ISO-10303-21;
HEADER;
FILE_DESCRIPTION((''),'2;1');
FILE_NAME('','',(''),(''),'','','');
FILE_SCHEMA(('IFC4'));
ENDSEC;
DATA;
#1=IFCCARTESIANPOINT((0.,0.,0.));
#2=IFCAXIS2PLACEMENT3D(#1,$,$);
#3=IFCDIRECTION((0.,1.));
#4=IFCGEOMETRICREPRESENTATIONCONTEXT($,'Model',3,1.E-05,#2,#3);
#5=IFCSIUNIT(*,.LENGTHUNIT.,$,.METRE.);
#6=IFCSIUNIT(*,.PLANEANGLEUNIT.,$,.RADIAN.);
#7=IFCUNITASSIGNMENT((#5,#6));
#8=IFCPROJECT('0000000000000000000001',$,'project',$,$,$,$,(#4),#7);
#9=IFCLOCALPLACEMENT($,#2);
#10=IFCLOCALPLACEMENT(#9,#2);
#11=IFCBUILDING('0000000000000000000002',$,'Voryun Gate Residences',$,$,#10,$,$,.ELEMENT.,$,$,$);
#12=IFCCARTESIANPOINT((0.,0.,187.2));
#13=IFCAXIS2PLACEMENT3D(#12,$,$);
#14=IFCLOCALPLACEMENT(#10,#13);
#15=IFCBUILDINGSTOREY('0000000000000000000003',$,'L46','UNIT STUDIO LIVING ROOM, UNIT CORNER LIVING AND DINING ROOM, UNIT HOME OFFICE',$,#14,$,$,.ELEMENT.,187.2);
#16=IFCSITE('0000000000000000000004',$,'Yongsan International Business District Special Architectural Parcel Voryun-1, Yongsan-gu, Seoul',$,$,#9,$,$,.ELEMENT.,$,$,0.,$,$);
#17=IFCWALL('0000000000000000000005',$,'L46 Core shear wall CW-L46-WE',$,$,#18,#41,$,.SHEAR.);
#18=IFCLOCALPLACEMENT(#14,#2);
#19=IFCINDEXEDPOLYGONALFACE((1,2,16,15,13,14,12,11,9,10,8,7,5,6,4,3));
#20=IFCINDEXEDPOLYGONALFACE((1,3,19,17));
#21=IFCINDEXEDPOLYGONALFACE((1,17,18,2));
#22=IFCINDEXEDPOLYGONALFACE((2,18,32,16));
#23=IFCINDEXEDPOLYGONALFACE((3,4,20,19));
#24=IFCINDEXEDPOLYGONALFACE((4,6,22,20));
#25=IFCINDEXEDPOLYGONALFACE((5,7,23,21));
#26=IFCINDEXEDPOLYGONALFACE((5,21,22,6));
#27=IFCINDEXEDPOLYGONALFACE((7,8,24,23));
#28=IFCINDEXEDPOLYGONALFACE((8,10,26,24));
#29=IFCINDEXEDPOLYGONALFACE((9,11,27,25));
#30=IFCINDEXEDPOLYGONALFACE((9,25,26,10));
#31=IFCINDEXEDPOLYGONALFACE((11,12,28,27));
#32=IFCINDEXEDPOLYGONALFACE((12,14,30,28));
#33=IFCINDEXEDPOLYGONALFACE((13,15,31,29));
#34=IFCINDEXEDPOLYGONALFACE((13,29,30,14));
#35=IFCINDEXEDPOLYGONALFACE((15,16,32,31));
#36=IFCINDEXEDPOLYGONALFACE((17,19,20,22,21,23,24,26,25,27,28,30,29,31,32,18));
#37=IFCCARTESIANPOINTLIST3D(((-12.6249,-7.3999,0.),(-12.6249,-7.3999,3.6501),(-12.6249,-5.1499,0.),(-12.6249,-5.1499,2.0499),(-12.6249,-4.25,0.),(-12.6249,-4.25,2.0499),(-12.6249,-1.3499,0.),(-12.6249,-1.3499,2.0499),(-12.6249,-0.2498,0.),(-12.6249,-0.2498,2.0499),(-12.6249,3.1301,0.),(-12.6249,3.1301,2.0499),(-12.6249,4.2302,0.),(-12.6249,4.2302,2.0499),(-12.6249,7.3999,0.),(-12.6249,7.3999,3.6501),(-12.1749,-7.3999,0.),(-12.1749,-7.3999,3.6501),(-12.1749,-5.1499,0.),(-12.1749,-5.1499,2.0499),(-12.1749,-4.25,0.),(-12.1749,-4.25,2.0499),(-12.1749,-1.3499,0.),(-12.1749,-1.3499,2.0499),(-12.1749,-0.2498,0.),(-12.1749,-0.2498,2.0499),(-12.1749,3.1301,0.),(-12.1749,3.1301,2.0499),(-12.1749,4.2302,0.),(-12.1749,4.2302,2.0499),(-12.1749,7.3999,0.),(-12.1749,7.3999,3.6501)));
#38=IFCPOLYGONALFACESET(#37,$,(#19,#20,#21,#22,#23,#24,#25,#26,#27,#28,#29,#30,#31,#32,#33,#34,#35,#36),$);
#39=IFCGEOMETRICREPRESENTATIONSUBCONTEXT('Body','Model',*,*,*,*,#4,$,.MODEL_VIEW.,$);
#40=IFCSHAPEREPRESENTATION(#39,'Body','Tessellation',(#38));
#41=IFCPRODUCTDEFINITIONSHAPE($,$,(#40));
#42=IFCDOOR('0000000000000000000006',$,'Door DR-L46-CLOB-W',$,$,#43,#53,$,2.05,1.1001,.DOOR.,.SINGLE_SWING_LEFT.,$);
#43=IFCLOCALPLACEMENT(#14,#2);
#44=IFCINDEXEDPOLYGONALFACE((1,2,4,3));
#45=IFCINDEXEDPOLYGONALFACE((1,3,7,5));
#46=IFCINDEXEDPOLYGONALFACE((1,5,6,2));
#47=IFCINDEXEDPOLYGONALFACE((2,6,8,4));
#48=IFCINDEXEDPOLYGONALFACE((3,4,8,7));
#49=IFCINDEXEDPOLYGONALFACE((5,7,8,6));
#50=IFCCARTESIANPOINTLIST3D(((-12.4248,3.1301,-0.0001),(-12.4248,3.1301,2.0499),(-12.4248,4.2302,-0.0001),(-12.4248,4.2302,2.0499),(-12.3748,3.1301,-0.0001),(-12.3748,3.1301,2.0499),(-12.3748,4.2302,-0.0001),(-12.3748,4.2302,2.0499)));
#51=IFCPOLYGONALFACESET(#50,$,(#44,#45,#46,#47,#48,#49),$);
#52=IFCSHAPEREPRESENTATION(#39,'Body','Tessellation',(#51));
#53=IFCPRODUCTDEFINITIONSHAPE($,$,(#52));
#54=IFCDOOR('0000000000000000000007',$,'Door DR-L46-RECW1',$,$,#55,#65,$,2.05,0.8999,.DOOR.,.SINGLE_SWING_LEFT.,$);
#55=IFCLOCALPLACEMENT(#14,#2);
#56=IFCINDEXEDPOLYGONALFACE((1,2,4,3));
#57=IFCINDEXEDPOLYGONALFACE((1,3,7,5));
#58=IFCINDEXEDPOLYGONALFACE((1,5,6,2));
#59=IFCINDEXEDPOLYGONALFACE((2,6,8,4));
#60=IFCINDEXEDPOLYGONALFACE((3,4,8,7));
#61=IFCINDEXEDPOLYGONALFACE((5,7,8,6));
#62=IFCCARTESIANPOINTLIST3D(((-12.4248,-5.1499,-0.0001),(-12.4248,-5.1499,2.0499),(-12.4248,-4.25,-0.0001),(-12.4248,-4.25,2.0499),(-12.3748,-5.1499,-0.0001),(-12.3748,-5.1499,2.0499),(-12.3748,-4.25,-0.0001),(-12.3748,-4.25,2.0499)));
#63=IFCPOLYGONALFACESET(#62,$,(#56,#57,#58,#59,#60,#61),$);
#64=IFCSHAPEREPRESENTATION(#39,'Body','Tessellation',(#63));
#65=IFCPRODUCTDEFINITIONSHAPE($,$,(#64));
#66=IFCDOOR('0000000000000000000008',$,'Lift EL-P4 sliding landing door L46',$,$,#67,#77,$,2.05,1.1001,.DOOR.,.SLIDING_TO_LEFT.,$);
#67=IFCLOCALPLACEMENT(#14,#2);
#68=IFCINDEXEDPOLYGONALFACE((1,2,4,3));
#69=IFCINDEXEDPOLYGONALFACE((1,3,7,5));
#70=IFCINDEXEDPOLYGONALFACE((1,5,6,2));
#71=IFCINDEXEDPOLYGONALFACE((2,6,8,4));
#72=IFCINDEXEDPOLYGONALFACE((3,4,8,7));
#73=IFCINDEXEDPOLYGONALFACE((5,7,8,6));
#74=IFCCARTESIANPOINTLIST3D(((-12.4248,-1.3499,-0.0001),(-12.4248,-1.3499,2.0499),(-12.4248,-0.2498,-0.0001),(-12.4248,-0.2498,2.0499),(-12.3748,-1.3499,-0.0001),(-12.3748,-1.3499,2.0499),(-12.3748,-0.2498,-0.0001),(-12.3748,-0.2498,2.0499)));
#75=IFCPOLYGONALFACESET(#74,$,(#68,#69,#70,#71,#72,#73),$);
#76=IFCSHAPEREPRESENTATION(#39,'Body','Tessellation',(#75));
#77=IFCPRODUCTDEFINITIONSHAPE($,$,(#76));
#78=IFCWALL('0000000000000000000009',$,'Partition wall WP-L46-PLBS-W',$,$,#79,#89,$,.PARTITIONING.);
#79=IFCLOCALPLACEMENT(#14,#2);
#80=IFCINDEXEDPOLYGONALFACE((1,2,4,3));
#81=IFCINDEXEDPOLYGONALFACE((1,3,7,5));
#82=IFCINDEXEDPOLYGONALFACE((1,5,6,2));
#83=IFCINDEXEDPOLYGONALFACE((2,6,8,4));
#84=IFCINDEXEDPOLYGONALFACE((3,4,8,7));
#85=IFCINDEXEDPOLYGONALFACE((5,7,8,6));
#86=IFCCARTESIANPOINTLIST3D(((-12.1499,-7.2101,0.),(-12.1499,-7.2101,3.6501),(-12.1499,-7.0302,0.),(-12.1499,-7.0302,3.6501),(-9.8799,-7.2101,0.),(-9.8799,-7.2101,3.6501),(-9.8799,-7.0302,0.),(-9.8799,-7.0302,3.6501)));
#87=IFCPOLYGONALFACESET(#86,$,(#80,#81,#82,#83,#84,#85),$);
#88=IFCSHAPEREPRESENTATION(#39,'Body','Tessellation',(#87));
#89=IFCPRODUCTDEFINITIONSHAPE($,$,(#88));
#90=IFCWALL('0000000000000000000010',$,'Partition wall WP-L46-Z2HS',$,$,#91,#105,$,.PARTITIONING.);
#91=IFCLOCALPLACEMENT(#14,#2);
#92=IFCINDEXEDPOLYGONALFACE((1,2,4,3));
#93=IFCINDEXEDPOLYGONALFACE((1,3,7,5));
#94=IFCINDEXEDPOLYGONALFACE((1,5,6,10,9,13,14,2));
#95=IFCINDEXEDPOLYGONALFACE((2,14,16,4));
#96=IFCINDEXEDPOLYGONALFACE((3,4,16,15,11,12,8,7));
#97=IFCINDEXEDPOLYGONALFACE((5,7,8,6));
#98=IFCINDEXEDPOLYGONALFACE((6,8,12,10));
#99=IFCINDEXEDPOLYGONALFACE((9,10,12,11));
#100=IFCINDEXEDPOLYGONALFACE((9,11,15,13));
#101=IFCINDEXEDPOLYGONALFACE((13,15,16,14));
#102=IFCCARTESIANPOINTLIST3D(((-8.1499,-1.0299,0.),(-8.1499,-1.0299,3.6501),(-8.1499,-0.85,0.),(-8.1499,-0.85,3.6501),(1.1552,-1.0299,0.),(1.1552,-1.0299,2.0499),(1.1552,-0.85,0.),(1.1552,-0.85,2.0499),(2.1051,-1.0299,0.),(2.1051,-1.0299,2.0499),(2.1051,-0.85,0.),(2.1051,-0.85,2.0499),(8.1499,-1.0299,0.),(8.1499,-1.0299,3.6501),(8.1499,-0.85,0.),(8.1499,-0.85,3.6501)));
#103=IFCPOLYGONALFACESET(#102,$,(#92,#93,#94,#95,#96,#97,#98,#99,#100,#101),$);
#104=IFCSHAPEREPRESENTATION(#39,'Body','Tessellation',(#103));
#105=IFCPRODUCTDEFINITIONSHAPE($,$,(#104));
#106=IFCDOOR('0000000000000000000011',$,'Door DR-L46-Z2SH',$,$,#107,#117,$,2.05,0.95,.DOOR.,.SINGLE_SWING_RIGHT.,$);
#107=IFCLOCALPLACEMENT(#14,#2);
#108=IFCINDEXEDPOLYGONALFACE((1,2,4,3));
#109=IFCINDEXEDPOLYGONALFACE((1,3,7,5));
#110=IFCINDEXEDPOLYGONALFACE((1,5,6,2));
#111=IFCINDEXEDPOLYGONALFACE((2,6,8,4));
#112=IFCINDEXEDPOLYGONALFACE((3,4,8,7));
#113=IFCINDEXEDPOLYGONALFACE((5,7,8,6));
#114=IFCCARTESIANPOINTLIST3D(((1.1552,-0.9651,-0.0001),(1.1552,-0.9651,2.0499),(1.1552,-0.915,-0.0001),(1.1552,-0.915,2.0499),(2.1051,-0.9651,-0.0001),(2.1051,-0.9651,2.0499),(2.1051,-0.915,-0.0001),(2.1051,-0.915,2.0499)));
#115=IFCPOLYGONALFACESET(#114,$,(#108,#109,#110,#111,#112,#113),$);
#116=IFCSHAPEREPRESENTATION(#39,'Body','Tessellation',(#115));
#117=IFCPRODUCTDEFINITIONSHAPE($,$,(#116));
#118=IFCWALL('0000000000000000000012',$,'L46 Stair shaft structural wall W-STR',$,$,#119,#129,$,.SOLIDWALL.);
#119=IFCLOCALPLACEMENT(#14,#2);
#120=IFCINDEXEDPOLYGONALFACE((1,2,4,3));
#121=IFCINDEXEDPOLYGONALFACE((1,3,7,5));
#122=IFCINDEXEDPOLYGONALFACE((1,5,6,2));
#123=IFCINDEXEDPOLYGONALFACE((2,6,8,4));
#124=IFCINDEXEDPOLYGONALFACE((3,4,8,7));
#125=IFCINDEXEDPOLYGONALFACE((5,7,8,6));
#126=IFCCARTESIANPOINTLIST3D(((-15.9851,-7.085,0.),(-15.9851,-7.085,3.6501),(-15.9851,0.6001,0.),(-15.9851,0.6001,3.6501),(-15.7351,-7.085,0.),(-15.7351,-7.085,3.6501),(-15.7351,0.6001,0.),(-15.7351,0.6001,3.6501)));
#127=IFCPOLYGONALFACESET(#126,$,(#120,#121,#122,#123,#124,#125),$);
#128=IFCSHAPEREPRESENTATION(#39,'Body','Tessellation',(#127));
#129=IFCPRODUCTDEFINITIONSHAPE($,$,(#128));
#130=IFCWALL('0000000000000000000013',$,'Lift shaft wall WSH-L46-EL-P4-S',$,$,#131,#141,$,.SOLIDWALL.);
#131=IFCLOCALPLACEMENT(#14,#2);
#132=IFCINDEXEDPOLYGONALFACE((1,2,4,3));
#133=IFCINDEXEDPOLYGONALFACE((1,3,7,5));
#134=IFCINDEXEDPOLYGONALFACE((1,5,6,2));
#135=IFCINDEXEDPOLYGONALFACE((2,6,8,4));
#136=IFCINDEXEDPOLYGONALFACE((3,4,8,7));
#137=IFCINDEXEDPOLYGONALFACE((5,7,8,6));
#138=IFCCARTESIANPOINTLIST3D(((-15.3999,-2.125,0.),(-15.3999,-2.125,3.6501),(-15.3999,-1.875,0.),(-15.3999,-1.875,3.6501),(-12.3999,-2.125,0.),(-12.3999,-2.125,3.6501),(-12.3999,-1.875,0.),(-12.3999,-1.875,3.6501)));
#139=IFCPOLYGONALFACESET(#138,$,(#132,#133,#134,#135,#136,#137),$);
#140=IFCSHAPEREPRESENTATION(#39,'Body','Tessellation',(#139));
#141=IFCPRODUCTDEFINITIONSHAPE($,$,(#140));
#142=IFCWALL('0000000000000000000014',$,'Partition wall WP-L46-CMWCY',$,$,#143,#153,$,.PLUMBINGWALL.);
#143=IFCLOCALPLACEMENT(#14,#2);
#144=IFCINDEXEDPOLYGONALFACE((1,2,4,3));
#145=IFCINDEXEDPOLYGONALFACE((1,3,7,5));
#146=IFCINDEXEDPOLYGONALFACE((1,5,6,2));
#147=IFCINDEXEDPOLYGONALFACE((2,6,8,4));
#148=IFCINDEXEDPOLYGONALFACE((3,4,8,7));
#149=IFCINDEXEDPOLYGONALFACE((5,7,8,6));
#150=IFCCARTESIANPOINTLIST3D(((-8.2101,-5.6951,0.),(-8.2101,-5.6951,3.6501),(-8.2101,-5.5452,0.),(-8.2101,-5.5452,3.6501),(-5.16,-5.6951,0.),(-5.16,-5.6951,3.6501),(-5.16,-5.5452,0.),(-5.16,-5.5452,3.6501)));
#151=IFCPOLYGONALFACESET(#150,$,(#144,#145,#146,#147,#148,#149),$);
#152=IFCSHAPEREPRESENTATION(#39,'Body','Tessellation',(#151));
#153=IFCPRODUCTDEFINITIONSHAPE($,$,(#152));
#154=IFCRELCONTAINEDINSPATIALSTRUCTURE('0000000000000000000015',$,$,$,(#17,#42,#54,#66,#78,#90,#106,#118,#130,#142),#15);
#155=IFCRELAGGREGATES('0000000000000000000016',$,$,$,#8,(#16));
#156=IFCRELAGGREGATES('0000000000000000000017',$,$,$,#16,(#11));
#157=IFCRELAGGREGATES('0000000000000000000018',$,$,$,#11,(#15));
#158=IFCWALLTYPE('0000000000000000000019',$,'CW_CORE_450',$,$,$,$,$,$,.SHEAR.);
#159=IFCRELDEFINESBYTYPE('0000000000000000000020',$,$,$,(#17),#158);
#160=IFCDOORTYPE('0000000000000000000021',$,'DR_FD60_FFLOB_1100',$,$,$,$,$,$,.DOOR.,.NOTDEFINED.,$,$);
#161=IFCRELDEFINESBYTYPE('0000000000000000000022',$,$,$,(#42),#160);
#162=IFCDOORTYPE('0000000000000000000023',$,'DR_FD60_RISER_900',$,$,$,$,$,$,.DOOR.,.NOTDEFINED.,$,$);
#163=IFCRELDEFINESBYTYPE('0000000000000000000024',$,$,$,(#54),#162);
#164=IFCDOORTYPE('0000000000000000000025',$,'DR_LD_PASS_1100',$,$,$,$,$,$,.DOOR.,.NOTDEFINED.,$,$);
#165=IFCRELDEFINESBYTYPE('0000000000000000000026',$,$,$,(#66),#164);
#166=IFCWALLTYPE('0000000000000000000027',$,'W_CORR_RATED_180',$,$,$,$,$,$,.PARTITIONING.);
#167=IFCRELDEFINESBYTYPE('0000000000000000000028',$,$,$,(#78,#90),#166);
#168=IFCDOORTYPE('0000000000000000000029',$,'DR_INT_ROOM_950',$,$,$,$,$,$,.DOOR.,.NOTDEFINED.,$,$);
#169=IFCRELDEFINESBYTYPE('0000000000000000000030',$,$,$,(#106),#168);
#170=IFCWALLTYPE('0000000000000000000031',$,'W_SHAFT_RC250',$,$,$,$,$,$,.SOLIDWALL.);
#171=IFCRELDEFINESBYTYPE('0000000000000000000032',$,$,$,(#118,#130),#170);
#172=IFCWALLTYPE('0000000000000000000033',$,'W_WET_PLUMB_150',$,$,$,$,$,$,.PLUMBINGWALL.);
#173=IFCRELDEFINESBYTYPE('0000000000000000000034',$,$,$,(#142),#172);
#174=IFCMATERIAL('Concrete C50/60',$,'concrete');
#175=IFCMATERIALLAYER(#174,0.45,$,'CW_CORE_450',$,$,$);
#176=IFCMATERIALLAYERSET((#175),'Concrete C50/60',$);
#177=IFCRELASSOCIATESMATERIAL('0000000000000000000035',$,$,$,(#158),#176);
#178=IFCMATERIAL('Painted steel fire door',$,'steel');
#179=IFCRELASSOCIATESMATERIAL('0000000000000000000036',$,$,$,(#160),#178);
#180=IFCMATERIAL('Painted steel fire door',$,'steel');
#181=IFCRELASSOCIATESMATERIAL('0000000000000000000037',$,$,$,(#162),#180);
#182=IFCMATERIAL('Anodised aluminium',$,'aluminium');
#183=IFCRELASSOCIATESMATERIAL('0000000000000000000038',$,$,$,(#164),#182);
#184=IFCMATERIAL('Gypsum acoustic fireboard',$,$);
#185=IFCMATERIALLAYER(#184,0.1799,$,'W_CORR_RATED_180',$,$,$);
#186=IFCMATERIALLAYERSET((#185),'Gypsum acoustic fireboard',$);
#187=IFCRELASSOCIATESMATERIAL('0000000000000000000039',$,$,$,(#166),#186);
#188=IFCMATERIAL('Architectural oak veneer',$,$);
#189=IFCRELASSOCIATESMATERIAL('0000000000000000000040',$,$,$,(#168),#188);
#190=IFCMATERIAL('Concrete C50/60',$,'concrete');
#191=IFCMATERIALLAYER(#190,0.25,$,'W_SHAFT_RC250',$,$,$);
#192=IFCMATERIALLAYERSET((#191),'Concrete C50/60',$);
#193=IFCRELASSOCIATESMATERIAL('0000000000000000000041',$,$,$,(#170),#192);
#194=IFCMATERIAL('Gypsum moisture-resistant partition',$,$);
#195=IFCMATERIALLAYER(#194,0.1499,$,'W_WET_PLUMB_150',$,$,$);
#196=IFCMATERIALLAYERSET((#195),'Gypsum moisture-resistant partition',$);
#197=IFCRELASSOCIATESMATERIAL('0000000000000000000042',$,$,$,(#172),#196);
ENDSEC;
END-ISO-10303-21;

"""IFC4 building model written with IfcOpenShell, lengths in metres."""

from ifc_helpers import new_model, si_unit, direction, frame, frame_2d, origin, place, context, subcontext, project, spatial, rectangle, extrude, material, layer, layer_set, type_object, element, fill, save


model = new_model("IFC4")

# Units and contexts
model_context = context("Model", 3, precision=1e-05, world=origin(), true_north=direction((0.0, 1.0)))
body_context = subcontext(model_context, "Body", "Model", "MODEL_VIEW")
ifc_project = project(units=[si_unit("LENGTHUNIT", "METRE"), si_unit("PLANEANGLEUNIT", "RADIAN")], contexts=[model_context])

# Site, building, storey
site_placement = place(None, origin())
site = spatial("IfcSite", under=ifc_project, at=site_placement, Name="Yongsan International Business District Special Architectural Parcel Voryun-1, Yongsan-gu, Seoul", CompositionType="ELEMENT", RefElevation=0.0)
building_placement = place(site_placement, origin())
building = spatial("IfcBuilding", under=site, at=building_placement, Name="Voryun Gate Residences", CompositionType="ELEMENT")
storey_placement = place(building_placement, frame((0.0, 0.0, 187.2)))
storey = spatial("IfcBuildingStorey", under=building, at=storey_placement, Name="L46", Description="UNIT STUDIO LIVING ROOM, UNIT CORNER LIVING AND DINING ROOM, UNIT HOME OFFICE", CompositionType="ELEMENT", Elevation=187.2)

# Wall, openings, doors
ifc_material_1 = material(Name="Concrete C50/60", Category="concrete")
ifc_layer_1 = layer(ifc_material_1, 0.45, Name="CW_CORE_450")
ifc_layer_set_1 = layer_set([ifc_layer_1], Name="Concrete C50/60")
wall_type_1 = type_object("IfcWallType", Name="CW_CORE_450", PredefinedType="SHEAR", material=ifc_layer_set_1)
wall_1_placement = place(storey_placement, frame((-12.3999, -7.3999, 0.0), z_axis=(0.0, 0.0, 1.0), x_axis=(0.0, 1.0, 0.0)))
wall_1 = element("IfcWall", 1, at=wall_1_placement, inside=storey, type_object=wall_type_1, Name="L46 Core shear wall CW-L46-WE", PredefinedType="SHEAR", context=body_context, shape_type="SweptSolid", body=[
    extrude(rectangle(XDim=14.7998, YDim=0.45, at=frame_2d((7.3999, 0.0))), origin(), (0.0, 0.0, 1.0), 3.6501),
])
opening_1_placement = place(wall_1_placement, frame((6.05, 0.0, 0.0)))
opening_1 = element("IfcOpeningElement", 2, at=opening_1_placement, cuts=wall_1, PredefinedType="OPENING", context=body_context, shape_type="SweptSolid", body=[
    extrude(rectangle(XDim=1.1001, YDim=2.05, at=frame_2d((0.55, 1.0249))), frame((0.0, 0.2351, 0.0), z_axis=(0.0, -1.0, 0.0), x_axis=(1.0, 0.0, 0.0)), (0.0, 0.0, 1.0), 0.47),
])
opening_2_placement = place(wall_1_placement, frame((10.53, 0.0, 0.0)))
opening_2 = element("IfcOpeningElement", 3, at=opening_2_placement, cuts=wall_1, PredefinedType="OPENING", context=body_context, shape_type="SweptSolid", body=[
    extrude(rectangle(XDim=1.1001, YDim=2.05, at=frame_2d((0.55, 1.0249))), frame((0.0, 0.2351, 0.0), z_axis=(0.0, -1.0, 0.0), x_axis=(1.0, 0.0, 0.0)), (0.0, 0.0, 1.0), 0.47),
])
opening_3_placement = place(wall_1_placement, frame((2.25, 0.0, 0.0)))
opening_3 = element("IfcOpeningElement", 4, at=opening_3_placement, cuts=wall_1, PredefinedType="OPENING", context=body_context, shape_type="SweptSolid", body=[
    extrude(rectangle(XDim=0.8999, YDim=2.05, at=frame_2d((0.45, 1.0249))), frame((0.0, 0.2351, 0.0), z_axis=(0.0, -1.0, 0.0), x_axis=(1.0, 0.0, 0.0)), (0.0, 0.0, 1.0), 0.47),
])
ifc_material_2 = material(Name="Painted steel fire door", Category="steel")
door_type_1 = type_object("IfcDoorType", Name="DR_FD60_FFLOB_1100", OperationType="NOTDEFINED", PredefinedType="DOOR", material=ifc_material_2)
door_1_placement = place(opening_2_placement, origin())
door_1 = element("IfcDoor", 5, at=door_1_placement, inside=storey, type_object=door_type_1, Name="Door DR-L46-CLOB-W", OperationType="SINGLE_SWING_LEFT", OverallHeight=2.05, OverallWidth=1.1001, PredefinedType="DOOR", context=body_context, shape_type="SweptSolid", body=[
    extrude(rectangle(XDim=1.1001, YDim=2.05, at=frame_2d((0.55, 1.0249))), frame((0.0, 0.0249, 0.0), z_axis=(0.0, -1.0, 0.0), x_axis=(1.0, 0.0, 0.0)), (0.0, 0.0, 1.0), 0.05),
])
fill(opening_2, door_1)
ifc_material_3 = material(Name="Painted steel fire door", Category="steel")
door_type_2 = type_object("IfcDoorType", Name="DR_FD60_RISER_900", OperationType="NOTDEFINED", PredefinedType="DOOR", material=ifc_material_3)
door_2_placement = place(opening_3_placement, origin())
door_2 = element("IfcDoor", 6, at=door_2_placement, inside=storey, type_object=door_type_2, Name="Door DR-L46-RECW1", OperationType="SINGLE_SWING_LEFT", OverallHeight=2.05, OverallWidth=0.8999, PredefinedType="DOOR", context=body_context, shape_type="SweptSolid", body=[
    extrude(rectangle(XDim=0.8999, YDim=2.05, at=frame_2d((0.45, 1.0249))), frame((0.0, 0.0249, 0.0), z_axis=(0.0, -1.0, 0.0), x_axis=(1.0, 0.0, 0.0)), (0.0, 0.0, 1.0), 0.05),
])
fill(opening_3, door_2)
ifc_material_4 = material(Name="Anodised aluminium", Category="aluminium")
door_type_3 = type_object("IfcDoorType", Name="DR_LD_PASS_1100", OperationType="NOTDEFINED", PredefinedType="DOOR", material=ifc_material_4)
door_3_placement = place(opening_1_placement, origin())
door_3 = element("IfcDoor", 7, at=door_3_placement, inside=storey, type_object=door_type_3, Name="Lift EL-P4 sliding landing door L46", OperationType="SLIDING_TO_LEFT", OverallHeight=2.05, OverallWidth=1.1001, PredefinedType="DOOR", context=body_context, shape_type="SweptSolid", body=[
    extrude(rectangle(XDim=1.1001, YDim=2.05, at=frame_2d((0.55, 1.0249))), frame((0.0, 0.0249, 0.0), z_axis=(0.0, -1.0, 0.0), x_axis=(1.0, 0.0, 0.0)), (0.0, 0.0, 1.0), 0.05),
])
fill(opening_1, door_3)

# Wall
ifc_material_5 = material(Name="Gypsum acoustic fireboard")
ifc_layer_2 = layer(ifc_material_5, 0.1799, Name="W_CORR_RATED_180")
ifc_layer_set_2 = layer_set([ifc_layer_2], Name="Gypsum acoustic fireboard")
wall_type_2 = type_object("IfcWallType", Name="W_CORR_RATED_180", PredefinedType="PARTITIONING", material=ifc_layer_set_2)
wall_2_placement = place(storey_placement, frame((-12.1499, -7.1201, 0.0), z_axis=(0.0, 0.0, 1.0), x_axis=(1.0, 0.0, 0.0)))
element("IfcWall", 8, at=wall_2_placement, inside=storey, type_object=wall_type_2, Name="Partition wall WP-L46-PLBS-W", PredefinedType="PARTITIONING", context=body_context, shape_type="SweptSolid", body=[
    extrude(rectangle(XDim=2.27, YDim=0.1799, at=frame_2d((1.135, 0.0))), origin(), (0.0, 0.0, 1.0), 3.6501),
])

# Wall, opening, door
wall_3_placement = place(storey_placement, frame((-8.1499, -0.9399, 0.0), z_axis=(0.0, 0.0, 1.0), x_axis=(1.0, 0.0, 0.0)))
wall_3 = element("IfcWall", 9, at=wall_3_placement, inside=storey, type_object=wall_type_2, Name="Partition wall WP-L46-Z2HS", PredefinedType="PARTITIONING", context=body_context, shape_type="SweptSolid", body=[
    extrude(rectangle(XDim=16.2998, YDim=0.1799, at=frame_2d((8.1499, 0.0))), origin(), (0.0, 0.0, 1.0), 3.6501),
])
opening_4_placement = place(wall_3_placement, frame((9.3049, 0.0, 0.0)))
opening_4 = element("IfcOpeningElement", 10, at=opening_4_placement, cuts=wall_3, PredefinedType="OPENING", context=body_context, shape_type="SweptSolid", body=[
    extrude(rectangle(XDim=0.95, YDim=2.05, at=frame_2d((0.4751, 1.0249))), frame((0.0, 0.0999, 0.0), z_axis=(0.0, -1.0, 0.0), x_axis=(1.0, 0.0, 0.0)), (0.0, 0.0, 1.0), 0.2),
])
ifc_material_6 = material(Name="Architectural oak veneer")
door_type_4 = type_object("IfcDoorType", Name="DR_INT_ROOM_950", OperationType="NOTDEFINED", PredefinedType="DOOR", material=ifc_material_6)
door_4_placement = place(opening_4_placement, origin())
door_4 = element("IfcDoor", 11, at=door_4_placement, inside=storey, type_object=door_type_4, Name="Door DR-L46-Z2SH", OperationType="SINGLE_SWING_RIGHT", OverallHeight=2.05, OverallWidth=0.95, PredefinedType="DOOR", context=body_context, shape_type="SweptSolid", body=[
    extrude(rectangle(XDim=0.95, YDim=2.05, at=frame_2d((0.4751, 1.0249))), frame((0.0, 0.0249, 0.0), z_axis=(0.0, -1.0, 0.0), x_axis=(1.0, 0.0, 0.0)), (0.0, 0.0, 1.0), 0.05),
])
fill(opening_4, door_4)

# Walls
ifc_material_7 = material(Name="Concrete C50/60", Category="concrete")
ifc_layer_3 = layer(ifc_material_7, 0.25, Name="W_SHAFT_RC250")
ifc_layer_set_3 = layer_set([ifc_layer_3], Name="Concrete C50/60")
wall_type_3 = type_object("IfcWallType", Name="W_SHAFT_RC250", PredefinedType="SOLIDWALL", material=ifc_layer_set_3)
wall_4_placement = place(storey_placement, frame((-15.8601, -7.085, 0.0), z_axis=(0.0, 0.0, 1.0), x_axis=(0.0, 1.0, 0.0)))
element("IfcWall", 12, at=wall_4_placement, inside=storey, type_object=wall_type_3, Name="L46 Stair shaft structural wall W-STR", PredefinedType="SOLIDWALL", context=body_context, shape_type="SweptSolid", body=[
    extrude(rectangle(XDim=7.6851, YDim=0.25, at=frame_2d((3.8425, 0.0))), origin(), (0.0, 0.0, 1.0), 3.6501),
])
wall_5_placement = place(storey_placement, frame((-15.3999, -2.0, 0.0), z_axis=(0.0, 0.0, 1.0), x_axis=(1.0, 0.0, 0.0)))
element("IfcWall", 13, at=wall_5_placement, inside=storey, type_object=wall_type_3, Name="Lift shaft wall WSH-L46-EL-P4-S", PredefinedType="SOLIDWALL", context=body_context, shape_type="SweptSolid", body=[
    extrude(rectangle(XDim=3.0, YDim=0.25, at=frame_2d((1.5, 0.0))), origin(), (0.0, 0.0, 1.0), 3.6501),
])
ifc_material_8 = material(Name="Gypsum moisture-resistant partition")
ifc_layer_4 = layer(ifc_material_8, 0.1499, Name="W_WET_PLUMB_150")
ifc_layer_set_4 = layer_set([ifc_layer_4], Name="Gypsum moisture-resistant partition")
wall_type_4 = type_object("IfcWallType", Name="W_WET_PLUMB_150", PredefinedType="PLUMBINGWALL", material=ifc_layer_set_4)
wall_6_placement = place(storey_placement, frame((-8.21, -5.6201, 0.0), z_axis=(0.0, 0.0, 1.0), x_axis=(1.0, 0.0, 0.0)))
element("IfcWall", 14, at=wall_6_placement, inside=storey, type_object=wall_type_4, Name="Partition wall WP-L46-CMWCY", PredefinedType="PLUMBINGWALL", context=body_context, shape_type="SweptSolid", body=[
    extrude(rectangle(XDim=3.05, YDim=0.1499, at=frame_2d((1.5249, 0.0))), origin(), (0.0, 0.0, 1.0), 3.6501),
])

save(model, "model.ifc")
